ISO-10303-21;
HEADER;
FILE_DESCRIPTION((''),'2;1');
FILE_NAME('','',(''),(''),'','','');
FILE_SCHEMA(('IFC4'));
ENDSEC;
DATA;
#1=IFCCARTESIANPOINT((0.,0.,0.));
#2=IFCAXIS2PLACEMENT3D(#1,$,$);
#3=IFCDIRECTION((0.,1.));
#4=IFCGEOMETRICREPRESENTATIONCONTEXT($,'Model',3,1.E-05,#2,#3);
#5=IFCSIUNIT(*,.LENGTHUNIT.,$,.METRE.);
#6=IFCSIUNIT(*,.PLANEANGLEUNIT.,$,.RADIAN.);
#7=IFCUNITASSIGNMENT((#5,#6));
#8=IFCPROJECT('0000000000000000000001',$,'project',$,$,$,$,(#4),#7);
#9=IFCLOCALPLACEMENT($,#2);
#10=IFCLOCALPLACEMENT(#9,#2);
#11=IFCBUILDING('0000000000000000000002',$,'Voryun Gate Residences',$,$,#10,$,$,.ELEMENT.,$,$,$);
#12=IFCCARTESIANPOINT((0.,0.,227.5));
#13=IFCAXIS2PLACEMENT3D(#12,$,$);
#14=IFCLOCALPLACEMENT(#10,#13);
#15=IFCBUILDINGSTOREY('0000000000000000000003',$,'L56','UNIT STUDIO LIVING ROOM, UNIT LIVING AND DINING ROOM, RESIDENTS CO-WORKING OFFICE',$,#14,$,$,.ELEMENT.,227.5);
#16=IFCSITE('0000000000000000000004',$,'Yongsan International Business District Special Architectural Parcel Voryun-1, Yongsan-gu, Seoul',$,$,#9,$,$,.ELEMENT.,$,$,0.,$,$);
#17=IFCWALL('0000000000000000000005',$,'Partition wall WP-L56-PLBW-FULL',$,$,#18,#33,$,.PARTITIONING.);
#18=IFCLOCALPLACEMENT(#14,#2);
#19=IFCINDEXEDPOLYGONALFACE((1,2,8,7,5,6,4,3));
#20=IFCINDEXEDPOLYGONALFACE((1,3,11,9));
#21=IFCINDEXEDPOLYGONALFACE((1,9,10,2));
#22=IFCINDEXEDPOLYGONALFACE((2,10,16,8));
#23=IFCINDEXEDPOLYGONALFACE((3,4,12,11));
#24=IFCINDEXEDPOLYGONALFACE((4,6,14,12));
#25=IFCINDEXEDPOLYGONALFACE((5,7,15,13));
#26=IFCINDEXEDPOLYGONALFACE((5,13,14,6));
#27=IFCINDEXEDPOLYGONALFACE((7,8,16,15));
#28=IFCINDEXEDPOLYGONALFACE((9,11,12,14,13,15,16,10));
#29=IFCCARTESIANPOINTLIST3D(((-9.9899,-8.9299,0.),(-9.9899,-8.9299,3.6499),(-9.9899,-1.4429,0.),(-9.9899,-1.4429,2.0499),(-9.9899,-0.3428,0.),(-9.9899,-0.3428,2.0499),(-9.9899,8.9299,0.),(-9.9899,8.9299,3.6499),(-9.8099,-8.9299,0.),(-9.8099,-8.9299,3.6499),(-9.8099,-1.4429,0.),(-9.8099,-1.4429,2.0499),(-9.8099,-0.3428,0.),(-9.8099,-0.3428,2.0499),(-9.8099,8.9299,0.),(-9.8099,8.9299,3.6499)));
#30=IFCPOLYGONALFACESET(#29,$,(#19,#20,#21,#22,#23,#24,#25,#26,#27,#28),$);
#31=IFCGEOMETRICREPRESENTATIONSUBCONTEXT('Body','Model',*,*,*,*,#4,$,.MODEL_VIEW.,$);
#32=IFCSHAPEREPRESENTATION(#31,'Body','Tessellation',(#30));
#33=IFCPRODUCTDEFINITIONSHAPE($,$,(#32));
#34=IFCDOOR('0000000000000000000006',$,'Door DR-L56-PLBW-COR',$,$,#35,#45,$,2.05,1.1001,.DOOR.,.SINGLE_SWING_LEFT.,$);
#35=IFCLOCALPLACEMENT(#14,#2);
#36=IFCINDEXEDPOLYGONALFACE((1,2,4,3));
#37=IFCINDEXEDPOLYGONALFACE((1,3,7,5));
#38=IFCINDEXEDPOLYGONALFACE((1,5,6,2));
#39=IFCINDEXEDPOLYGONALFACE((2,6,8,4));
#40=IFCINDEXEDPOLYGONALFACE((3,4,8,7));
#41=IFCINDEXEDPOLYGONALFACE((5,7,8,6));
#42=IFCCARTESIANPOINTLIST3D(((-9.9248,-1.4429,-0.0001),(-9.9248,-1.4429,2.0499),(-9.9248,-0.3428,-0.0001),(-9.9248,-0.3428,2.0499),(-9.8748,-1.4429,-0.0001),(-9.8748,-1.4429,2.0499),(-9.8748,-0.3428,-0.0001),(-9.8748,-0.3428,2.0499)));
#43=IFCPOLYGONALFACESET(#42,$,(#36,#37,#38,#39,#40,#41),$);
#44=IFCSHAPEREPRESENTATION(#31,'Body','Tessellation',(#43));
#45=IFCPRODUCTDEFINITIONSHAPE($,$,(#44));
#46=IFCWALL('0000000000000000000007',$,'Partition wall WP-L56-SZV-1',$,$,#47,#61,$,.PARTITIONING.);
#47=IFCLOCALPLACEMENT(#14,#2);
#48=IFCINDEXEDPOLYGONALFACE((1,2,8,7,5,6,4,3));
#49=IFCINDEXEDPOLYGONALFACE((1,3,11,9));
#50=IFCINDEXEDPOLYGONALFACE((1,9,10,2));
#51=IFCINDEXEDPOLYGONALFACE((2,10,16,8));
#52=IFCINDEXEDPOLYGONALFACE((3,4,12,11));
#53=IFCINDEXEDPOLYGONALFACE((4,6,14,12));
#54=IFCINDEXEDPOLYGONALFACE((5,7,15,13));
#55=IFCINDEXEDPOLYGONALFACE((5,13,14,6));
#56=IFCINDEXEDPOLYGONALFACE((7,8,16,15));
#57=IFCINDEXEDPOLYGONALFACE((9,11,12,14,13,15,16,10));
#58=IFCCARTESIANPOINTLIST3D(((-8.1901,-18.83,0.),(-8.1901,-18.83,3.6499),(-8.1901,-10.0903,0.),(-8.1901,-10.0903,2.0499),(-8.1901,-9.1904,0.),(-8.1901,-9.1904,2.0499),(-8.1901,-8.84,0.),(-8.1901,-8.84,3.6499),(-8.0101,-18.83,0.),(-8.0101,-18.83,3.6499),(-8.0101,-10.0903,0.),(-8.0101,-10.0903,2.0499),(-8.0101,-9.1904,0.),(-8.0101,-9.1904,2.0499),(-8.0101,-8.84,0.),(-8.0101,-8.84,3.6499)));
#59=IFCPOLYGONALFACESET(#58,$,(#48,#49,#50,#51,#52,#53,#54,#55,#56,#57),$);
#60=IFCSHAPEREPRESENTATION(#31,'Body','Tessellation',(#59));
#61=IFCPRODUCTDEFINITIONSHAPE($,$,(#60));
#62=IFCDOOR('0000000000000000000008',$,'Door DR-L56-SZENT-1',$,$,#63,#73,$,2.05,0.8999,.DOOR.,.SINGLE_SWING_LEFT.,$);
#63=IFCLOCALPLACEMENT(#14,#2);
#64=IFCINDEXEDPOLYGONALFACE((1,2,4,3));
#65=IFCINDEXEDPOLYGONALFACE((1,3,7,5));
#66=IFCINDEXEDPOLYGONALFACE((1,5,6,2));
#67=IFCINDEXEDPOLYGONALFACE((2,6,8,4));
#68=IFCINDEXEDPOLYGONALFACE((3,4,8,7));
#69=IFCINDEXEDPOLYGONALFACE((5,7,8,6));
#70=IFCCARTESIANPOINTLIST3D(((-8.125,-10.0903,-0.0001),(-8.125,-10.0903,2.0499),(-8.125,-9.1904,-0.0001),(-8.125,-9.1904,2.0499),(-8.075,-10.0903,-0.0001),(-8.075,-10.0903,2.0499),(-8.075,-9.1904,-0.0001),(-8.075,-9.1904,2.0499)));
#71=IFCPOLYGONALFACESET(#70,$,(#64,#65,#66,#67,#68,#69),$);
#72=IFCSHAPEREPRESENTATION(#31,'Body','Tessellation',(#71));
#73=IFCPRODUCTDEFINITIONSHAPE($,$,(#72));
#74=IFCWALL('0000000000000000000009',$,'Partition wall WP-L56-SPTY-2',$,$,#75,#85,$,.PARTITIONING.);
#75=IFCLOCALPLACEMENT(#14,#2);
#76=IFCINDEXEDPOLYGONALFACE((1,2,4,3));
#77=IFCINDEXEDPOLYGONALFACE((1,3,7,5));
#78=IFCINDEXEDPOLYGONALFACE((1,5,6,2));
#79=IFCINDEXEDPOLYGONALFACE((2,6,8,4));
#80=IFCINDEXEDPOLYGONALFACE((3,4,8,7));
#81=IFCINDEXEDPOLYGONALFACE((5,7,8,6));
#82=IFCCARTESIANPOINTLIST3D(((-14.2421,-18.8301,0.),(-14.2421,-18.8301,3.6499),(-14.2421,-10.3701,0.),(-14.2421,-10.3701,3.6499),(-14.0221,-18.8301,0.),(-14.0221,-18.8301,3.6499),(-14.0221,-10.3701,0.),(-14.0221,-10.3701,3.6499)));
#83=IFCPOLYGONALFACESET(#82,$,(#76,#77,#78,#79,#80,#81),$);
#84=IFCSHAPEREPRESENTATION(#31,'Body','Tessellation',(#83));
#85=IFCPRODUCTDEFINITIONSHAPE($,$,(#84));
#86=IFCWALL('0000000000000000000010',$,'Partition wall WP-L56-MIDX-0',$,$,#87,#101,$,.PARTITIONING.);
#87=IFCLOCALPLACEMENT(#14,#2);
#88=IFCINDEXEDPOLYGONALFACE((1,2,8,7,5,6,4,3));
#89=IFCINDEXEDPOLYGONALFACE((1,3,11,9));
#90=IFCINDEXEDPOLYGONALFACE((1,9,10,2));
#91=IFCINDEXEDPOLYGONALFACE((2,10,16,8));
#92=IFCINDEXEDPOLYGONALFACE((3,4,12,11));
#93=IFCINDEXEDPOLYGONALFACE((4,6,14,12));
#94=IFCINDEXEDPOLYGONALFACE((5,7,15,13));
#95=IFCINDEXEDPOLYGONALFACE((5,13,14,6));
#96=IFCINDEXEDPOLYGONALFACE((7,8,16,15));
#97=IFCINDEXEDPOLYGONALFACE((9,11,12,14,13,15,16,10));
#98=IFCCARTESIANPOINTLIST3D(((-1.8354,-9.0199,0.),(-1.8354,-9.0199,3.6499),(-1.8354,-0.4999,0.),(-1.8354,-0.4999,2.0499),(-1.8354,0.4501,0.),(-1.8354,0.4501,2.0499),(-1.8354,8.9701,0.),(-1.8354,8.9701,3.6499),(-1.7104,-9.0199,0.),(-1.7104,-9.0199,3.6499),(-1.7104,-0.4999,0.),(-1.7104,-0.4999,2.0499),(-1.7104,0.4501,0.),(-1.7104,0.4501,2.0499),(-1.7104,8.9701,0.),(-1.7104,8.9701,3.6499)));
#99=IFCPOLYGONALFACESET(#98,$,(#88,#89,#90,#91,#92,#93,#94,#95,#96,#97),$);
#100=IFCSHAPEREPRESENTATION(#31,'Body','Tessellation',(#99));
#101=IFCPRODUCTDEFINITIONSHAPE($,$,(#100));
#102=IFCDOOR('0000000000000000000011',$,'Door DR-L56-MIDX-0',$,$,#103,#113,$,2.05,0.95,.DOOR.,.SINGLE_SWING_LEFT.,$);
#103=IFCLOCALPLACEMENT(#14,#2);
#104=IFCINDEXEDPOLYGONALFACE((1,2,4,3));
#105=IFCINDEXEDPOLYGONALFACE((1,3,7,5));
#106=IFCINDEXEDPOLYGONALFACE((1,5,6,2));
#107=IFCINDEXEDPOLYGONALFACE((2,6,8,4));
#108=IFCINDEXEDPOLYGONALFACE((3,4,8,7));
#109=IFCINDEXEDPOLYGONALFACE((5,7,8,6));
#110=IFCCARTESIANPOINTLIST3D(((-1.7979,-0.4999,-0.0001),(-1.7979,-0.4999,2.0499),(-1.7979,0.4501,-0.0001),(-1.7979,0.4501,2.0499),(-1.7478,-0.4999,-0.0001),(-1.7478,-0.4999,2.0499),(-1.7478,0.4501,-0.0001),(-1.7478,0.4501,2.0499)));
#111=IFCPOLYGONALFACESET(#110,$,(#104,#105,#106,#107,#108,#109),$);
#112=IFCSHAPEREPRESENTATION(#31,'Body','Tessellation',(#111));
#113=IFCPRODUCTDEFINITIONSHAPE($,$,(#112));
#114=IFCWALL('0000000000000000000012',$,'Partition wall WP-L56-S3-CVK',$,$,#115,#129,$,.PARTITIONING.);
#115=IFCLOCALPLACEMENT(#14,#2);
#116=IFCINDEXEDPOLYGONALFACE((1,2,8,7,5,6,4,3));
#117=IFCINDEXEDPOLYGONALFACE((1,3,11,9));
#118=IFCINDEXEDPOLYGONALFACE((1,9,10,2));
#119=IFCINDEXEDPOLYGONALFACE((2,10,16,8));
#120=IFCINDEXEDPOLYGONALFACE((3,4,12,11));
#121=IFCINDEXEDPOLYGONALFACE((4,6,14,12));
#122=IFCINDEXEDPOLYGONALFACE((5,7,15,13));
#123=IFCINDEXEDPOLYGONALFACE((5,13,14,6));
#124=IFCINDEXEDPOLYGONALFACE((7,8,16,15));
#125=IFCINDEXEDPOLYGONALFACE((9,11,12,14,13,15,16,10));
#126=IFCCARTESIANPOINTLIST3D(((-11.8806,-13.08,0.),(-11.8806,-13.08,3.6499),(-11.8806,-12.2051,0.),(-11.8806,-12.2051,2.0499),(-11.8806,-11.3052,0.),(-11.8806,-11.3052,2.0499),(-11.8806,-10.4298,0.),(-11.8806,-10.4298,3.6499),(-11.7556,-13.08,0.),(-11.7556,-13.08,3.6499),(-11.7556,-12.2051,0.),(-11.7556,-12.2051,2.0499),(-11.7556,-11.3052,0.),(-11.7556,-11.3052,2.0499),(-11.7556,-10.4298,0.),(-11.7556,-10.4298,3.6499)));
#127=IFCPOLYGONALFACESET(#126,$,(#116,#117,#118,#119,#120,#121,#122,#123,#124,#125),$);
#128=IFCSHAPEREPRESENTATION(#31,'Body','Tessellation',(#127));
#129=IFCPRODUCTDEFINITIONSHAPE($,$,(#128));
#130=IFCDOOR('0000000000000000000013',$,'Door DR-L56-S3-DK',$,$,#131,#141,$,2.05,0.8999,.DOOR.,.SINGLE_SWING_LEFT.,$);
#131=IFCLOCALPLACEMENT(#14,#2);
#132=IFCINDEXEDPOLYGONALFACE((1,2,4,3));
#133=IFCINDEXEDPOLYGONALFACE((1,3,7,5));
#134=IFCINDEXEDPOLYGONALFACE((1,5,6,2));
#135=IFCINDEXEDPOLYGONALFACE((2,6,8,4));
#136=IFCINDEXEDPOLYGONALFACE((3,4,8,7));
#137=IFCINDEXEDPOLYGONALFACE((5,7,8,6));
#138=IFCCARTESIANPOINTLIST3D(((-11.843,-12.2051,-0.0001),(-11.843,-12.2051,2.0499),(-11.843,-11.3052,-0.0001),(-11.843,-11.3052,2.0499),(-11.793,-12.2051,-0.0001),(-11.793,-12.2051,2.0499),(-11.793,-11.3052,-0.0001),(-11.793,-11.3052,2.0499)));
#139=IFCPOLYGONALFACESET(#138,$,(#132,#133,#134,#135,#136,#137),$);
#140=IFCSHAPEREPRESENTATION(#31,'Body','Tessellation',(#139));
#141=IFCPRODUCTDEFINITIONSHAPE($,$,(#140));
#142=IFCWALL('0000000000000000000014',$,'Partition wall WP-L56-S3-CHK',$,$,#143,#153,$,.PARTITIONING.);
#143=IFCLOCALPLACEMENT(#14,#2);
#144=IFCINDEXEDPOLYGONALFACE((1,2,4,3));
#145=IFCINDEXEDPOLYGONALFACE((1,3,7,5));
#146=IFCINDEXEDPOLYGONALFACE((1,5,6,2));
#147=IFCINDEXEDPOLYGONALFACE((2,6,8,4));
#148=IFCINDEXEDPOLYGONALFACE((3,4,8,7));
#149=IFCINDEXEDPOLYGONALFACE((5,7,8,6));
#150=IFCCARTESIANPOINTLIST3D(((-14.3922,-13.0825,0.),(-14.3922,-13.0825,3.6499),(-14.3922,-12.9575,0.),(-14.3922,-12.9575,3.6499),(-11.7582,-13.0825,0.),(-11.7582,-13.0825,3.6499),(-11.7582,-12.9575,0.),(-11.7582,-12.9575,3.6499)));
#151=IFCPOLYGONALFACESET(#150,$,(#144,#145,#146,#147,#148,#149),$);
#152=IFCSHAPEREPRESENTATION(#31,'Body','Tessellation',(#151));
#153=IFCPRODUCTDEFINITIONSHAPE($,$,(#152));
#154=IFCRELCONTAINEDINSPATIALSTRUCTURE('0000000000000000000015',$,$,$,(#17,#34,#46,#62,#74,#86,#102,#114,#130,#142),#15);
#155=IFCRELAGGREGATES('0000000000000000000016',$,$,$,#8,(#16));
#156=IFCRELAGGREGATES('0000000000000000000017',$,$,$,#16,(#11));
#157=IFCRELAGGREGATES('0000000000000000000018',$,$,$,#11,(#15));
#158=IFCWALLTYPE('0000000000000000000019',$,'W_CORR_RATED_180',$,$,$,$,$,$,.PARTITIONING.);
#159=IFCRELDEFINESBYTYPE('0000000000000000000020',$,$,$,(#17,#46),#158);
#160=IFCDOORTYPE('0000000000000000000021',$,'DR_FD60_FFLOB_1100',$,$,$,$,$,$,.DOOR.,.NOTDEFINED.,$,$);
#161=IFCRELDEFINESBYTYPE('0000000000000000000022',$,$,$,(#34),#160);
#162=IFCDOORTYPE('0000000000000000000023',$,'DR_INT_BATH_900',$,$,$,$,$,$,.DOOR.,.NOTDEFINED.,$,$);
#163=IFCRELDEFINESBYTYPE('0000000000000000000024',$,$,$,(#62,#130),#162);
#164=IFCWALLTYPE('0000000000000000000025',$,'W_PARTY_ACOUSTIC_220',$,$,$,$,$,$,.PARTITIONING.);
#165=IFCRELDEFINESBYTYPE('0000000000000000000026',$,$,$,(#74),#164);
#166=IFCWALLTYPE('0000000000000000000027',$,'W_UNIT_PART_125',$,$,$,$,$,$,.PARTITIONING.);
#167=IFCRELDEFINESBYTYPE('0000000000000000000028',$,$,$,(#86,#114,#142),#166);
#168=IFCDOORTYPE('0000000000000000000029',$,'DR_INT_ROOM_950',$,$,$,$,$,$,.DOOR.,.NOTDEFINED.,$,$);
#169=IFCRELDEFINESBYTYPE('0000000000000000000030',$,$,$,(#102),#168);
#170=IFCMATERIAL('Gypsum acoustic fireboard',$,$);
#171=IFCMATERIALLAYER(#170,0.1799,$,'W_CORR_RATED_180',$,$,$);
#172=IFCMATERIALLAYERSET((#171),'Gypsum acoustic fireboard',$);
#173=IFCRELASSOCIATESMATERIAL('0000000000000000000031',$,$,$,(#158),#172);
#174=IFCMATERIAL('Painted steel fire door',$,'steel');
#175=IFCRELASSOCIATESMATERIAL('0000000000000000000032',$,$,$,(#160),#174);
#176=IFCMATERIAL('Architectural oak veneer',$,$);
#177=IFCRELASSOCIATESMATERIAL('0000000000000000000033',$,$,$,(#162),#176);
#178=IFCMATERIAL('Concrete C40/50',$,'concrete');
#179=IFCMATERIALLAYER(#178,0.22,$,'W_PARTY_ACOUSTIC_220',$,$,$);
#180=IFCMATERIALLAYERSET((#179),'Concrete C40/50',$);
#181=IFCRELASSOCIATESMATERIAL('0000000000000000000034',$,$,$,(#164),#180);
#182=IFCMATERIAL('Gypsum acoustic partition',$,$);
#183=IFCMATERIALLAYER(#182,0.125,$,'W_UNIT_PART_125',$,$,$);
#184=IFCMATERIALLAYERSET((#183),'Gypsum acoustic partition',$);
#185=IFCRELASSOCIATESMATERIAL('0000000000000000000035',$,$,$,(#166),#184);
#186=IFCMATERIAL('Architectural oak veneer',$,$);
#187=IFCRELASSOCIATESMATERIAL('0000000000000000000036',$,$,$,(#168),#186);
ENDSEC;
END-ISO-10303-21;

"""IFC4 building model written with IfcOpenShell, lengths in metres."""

from ifc_helpers import new_model, si_unit, direction, frame, frame_2d, origin, place, context, subcontext, project, spatial, rectangle, extrude, material, layer, layer_set, type_object, element, fill, save


model = new_model("IFC4")

# Units and contexts
model_context = context("Model", 3, precision=1e-05, world=origin(), true_north=direction((0.0, 1.0)))
body_context = subcontext(model_context, "Body", "Model", "MODEL_VIEW")
ifc_project = project(units=[si_unit("LENGTHUNIT", "METRE"), si_unit("PLANEANGLEUNIT", "RADIAN")], contexts=[model_context])

# Site, building, storey
site_placement = place(None, origin())
site = spatial("IfcSite", under=ifc_project, at=site_placement, Name="Yongsan International Business District Special Architectural Parcel Voryun-1, Yongsan-gu, Seoul", CompositionType="ELEMENT", RefElevation=0.0)
building_placement = place(site_placement, origin())
building = spatial("IfcBuilding", under=site, at=building_placement, Name="Voryun Gate Residences", CompositionType="ELEMENT")
storey_placement = place(building_placement, frame((0.0, 0.0, 227.5)))
storey = spatial("IfcBuildingStorey", under=building, at=storey_placement, Name="L56", Description="UNIT STUDIO LIVING ROOM, UNIT LIVING AND DINING ROOM, RESIDENTS CO-WORKING OFFICE", CompositionType="ELEMENT", Elevation=227.5)

# Walls, openings, doors
ifc_material_1 = material(Name="Gypsum acoustic fireboard")
ifc_layer_1 = layer(ifc_material_1, 0.1799, Name="W_CORR_RATED_180")
ifc_layer_set_1 = layer_set([ifc_layer_1], Name="Gypsum acoustic fireboard")
wall_type_1 = type_object("IfcWallType", Name="W_CORR_RATED_180", PredefinedType="PARTITIONING", material=ifc_layer_set_1)
wall_1_placement = place(storey_placement, frame((-9.8999, -8.9299, 0.0), z_axis=(0.0, 0.0, 1.0), x_axis=(0.0, 1.0, 0.0)))
wall_1 = element("IfcWall", 1, at=wall_1_placement, inside=storey, type_object=wall_type_1, Name="Partition wall WP-L56-PLBW-FULL", PredefinedType="PARTITIONING", context=body_context, shape_type="SweptSolid", body=[
    extrude(rectangle(XDim=17.8599, YDim=0.1799, at=frame_2d((8.9299, 0.0))), origin(), (0.0, 0.0, 1.0), 3.6499),
])
opening_1_placement = place(wall_1_placement, frame((7.4871, 0.0, 0.0)))
opening_1 = element("IfcOpeningElement", 2, at=opening_1_placement, cuts=wall_1, PredefinedType="OPENING", context=body_context, shape_type="SweptSolid", body=[
    extrude(rectangle(XDim=1.1001, YDim=2.05, at=frame_2d((0.55, 1.0249))), frame((0.0, 0.0999, 0.0), z_axis=(0.0, -1.0, 0.0), x_axis=(1.0, 0.0, 0.0)), (0.0, 0.0, 1.0), 0.2),
])
ifc_material_2 = material(Name="Painted steel fire door", Category="steel")
door_type_1 = type_object("IfcDoorType", Name="DR_FD60_FFLOB_1100", OperationType="NOTDEFINED", PredefinedType="DOOR", material=ifc_material_2)
door_1_placement = place(opening_1_placement, origin())
door_1 = element("IfcDoor", 3, at=door_1_placement, inside=storey, type_object=door_type_1, Name="Door DR-L56-PLBW-COR", OperationType="SINGLE_SWING_LEFT", OverallHeight=2.05, OverallWidth=1.1001, PredefinedType="DOOR", context=body_context, shape_type="SweptSolid", body=[
    extrude(rectangle(XDim=1.1001, YDim=2.05, at=frame_2d((0.55, 1.0249))), frame((0.0, 0.0249, 0.0), z_axis=(0.0, -1.0, 0.0), x_axis=(1.0, 0.0, 0.0)), (0.0, 0.0, 1.0), 0.05),
])
fill(opening_1, door_1)
wall_2_placement = place(storey_placement, frame((-8.1001, -18.8301, 0.0), z_axis=(0.0, 0.0, 1.0), x_axis=(0.0, 1.0, 0.0)))
wall_2 = element("IfcWall", 4, at=wall_2_placement, inside=storey, type_object=wall_type_1, Name="Partition wall WP-L56-SZV-1", PredefinedType="PARTITIONING", context=body_context, shape_type="SweptSolid", body=[
    extrude(rectangle(XDim=9.99, YDim=0.1799, at=frame_2d((4.9951, 0.0))), origin(), (0.0, 0.0, 1.0), 3.6499),
])
opening_2_placement = place(wall_2_placement, frame((8.7397, 0.0, 0.0)))
opening_2 = element("IfcOpeningElement", 5, at=opening_2_placement, cuts=wall_2, PredefinedType="OPENING", context=body_context, shape_type="SweptSolid", body=[
    extrude(rectangle(XDim=0.8999, YDim=2.05, at=frame_2d((0.45, 1.0249))), frame((0.0, 0.0999, 0.0), z_axis=(0.0, -1.0, 0.0), x_axis=(1.0, 0.0, 0.0)), (0.0, 0.0, 1.0), 0.2),
])
ifc_material_3 = material(Name="Architectural oak veneer")
door_type_2 = type_object("IfcDoorType", Name="DR_INT_BATH_900", OperationType="NOTDEFINED", PredefinedType="DOOR", material=ifc_material_3)
door_2_placement = place(opening_2_placement, origin())
door_2 = element("IfcDoor", 6, at=door_2_placement, inside=storey, type_object=door_type_2, Name="Door DR-L56-SZENT-1", OperationType="SINGLE_SWING_LEFT", OverallHeight=2.05, OverallWidth=0.8999, PredefinedType="DOOR", context=body_context, shape_type="SweptSolid", body=[
    extrude(rectangle(XDim=0.8999, YDim=2.05, at=frame_2d((0.45, 1.0249))), frame((0.0, 0.0249, 0.0), z_axis=(0.0, -1.0, 0.0), x_axis=(1.0, 0.0, 0.0)), (0.0, 0.0, 1.0), 0.05),
])
fill(opening_2, door_2)

# Wall
ifc_material_4 = material(Name="Concrete C40/50", Category="concrete")
ifc_layer_2 = layer(ifc_material_4, 0.22, Name="W_PARTY_ACOUSTIC_220")
ifc_layer_set_2 = layer_set([ifc_layer_2], Name="Concrete C40/50")
wall_type_2 = type_object("IfcWallType", Name="W_PARTY_ACOUSTIC_220", PredefinedType="PARTITIONING", material=ifc_layer_set_2)
wall_3_placement = place(storey_placement, frame((-14.1321, -18.8301, 0.0), z_axis=(0.0, 0.0, 1.0), x_axis=(0.0, 1.0, 0.0)))
element("IfcWall", 7, at=wall_3_placement, inside=storey, type_object=wall_type_2, Name="Partition wall WP-L56-SPTY-2", PredefinedType="PARTITIONING", context=body_context, shape_type="SweptSolid", body=[
    extrude(rectangle(XDim=8.46, YDim=0.22, at=frame_2d((4.23, 0.0))), origin(), (0.0, 0.0, 1.0), 3.6499),
])

# Walls, openings, doors
ifc_material_5 = material(Name="Gypsum acoustic partition")
ifc_layer_3 = layer(ifc_material_5, 0.125, Name="W_UNIT_PART_125")
ifc_layer_set_3 = layer_set([ifc_layer_3], Name="Gypsum acoustic partition")
wall_type_3 = type_object("IfcWallType", Name="W_UNIT_PART_125", PredefinedType="PARTITIONING", material=ifc_layer_set_3)
wall_4_placement = place(storey_placement, frame((-1.7729, -9.02, 0.0), z_axis=(0.0, 0.0, 1.0), x_axis=(0.0, 1.0, 0.0)))
wall_4 = element("IfcWall", 8, at=wall_4_placement, inside=storey, type_object=wall_type_3, Name="Partition wall WP-L56-MIDX-0", PredefinedType="PARTITIONING", context=body_context, shape_type="SweptSolid", body=[
    extrude(rectangle(XDim=17.99, YDim=0.125, at=frame_2d((8.9951, 0.0))), origin(), (0.0, 0.0, 1.0), 3.6499),
])
opening_3_placement = place(wall_4_placement, frame((8.52, 0.0, 0.0)))
opening_3 = element("IfcOpeningElement", 9, at=opening_3_placement, cuts=wall_4, PredefinedType="OPENING", context=body_context, shape_type="SweptSolid", body=[
    extrude(rectangle(XDim=0.95, YDim=2.05, at=frame_2d((0.4751, 1.0249))), frame((0.0, 0.0725, 0.0), z_axis=(0.0, -1.0, 0.0), x_axis=(1.0, 0.0, 0.0)), (0.0, 0.0, 1.0), 0.145),
])
ifc_material_6 = material(Name="Architectural oak veneer")
door_type_3 = type_object("IfcDoorType", Name="DR_INT_ROOM_950", OperationType="NOTDEFINED", PredefinedType="DOOR", material=ifc_material_6)
door_3_placement = place(opening_3_placement, origin())
door_3 = element("IfcDoor", 10, at=door_3_placement, inside=storey, type_object=door_type_3, Name="Door DR-L56-MIDX-0", OperationType="SINGLE_SWING_LEFT", OverallHeight=2.05, OverallWidth=0.95, PredefinedType="DOOR", context=body_context, shape_type="SweptSolid", body=[
    extrude(rectangle(XDim=0.95, YDim=2.05, at=frame_2d((0.4751, 1.0249))), frame((0.0, 0.0249, 0.0), z_axis=(0.0, -1.0, 0.0), x_axis=(1.0, 0.0, 0.0)), (0.0, 0.0, 1.0), 0.05),
])
fill(opening_3, door_3)
wall_5_placement = place(storey_placement, frame((-11.8181, -13.0801, 0.0), z_axis=(0.0, 0.0, 1.0), x_axis=(0.0, 1.0, 0.0)))
wall_5 = element("IfcWall", 11, at=wall_5_placement, inside=storey, type_object=wall_type_3, Name="Partition wall WP-L56-S3-CVK", PredefinedType="PARTITIONING", context=body_context, shape_type="SweptSolid", body=[
    extrude(rectangle(XDim=2.6501, YDim=0.125, at=frame_2d((1.3252, 0.0))), origin(), (0.0, 0.0, 1.0), 3.6499),
])
opening_4_placement = place(wall_5_placement, frame((0.875, 0.0, 0.0)))
opening_4 = element("IfcOpeningElement", 12, at=opening_4_placement, cuts=wall_5, PredefinedType="OPENING", context=body_context, shape_type="SweptSolid", body=[
    extrude(rectangle(XDim=0.8999, YDim=2.05, at=frame_2d((0.45, 1.0249))), frame((0.0, 0.0725, 0.0), z_axis=(0.0, -1.0, 0.0), x_axis=(1.0, 0.0, 0.0)), (0.0, 0.0, 1.0), 0.145),
])
door_4_placement = place(opening_4_placement, origin())
door_4 = element("IfcDoor", 13, at=door_4_placement, inside=storey, type_object=door_type_2, Name="Door DR-L56-S3-DK", OperationType="SINGLE_SWING_LEFT", OverallHeight=2.05, OverallWidth=0.8999, PredefinedType="DOOR", context=body_context, shape_type="SweptSolid", body=[
    extrude(rectangle(XDim=0.8999, YDim=2.05, at=frame_2d((0.45, 1.0249))), frame((0.0, 0.0249, 0.0), z_axis=(0.0, -1.0, 0.0), x_axis=(1.0, 0.0, 0.0)), (0.0, 0.0, 1.0), 0.05),
])
fill(opening_4, door_4)

# Wall
wall_6_placement = place(storey_placement, frame((-14.3921, -13.02, 0.0), z_axis=(0.0, 0.0, 1.0), x_axis=(1.0, 0.0, 0.0)))
element("IfcWall", 14, at=wall_6_placement, inside=storey, type_object=wall_type_3, Name="Partition wall WP-L56-S3-CHK", PredefinedType="PARTITIONING", context=body_context, shape_type="SweptSolid", body=[
    extrude(rectangle(XDim=2.634, YDim=0.125, at=frame_2d((1.3169, 0.0))), origin(), (0.0, 0.0, 1.0), 3.6499),
])

save(model, "model.ifc")
